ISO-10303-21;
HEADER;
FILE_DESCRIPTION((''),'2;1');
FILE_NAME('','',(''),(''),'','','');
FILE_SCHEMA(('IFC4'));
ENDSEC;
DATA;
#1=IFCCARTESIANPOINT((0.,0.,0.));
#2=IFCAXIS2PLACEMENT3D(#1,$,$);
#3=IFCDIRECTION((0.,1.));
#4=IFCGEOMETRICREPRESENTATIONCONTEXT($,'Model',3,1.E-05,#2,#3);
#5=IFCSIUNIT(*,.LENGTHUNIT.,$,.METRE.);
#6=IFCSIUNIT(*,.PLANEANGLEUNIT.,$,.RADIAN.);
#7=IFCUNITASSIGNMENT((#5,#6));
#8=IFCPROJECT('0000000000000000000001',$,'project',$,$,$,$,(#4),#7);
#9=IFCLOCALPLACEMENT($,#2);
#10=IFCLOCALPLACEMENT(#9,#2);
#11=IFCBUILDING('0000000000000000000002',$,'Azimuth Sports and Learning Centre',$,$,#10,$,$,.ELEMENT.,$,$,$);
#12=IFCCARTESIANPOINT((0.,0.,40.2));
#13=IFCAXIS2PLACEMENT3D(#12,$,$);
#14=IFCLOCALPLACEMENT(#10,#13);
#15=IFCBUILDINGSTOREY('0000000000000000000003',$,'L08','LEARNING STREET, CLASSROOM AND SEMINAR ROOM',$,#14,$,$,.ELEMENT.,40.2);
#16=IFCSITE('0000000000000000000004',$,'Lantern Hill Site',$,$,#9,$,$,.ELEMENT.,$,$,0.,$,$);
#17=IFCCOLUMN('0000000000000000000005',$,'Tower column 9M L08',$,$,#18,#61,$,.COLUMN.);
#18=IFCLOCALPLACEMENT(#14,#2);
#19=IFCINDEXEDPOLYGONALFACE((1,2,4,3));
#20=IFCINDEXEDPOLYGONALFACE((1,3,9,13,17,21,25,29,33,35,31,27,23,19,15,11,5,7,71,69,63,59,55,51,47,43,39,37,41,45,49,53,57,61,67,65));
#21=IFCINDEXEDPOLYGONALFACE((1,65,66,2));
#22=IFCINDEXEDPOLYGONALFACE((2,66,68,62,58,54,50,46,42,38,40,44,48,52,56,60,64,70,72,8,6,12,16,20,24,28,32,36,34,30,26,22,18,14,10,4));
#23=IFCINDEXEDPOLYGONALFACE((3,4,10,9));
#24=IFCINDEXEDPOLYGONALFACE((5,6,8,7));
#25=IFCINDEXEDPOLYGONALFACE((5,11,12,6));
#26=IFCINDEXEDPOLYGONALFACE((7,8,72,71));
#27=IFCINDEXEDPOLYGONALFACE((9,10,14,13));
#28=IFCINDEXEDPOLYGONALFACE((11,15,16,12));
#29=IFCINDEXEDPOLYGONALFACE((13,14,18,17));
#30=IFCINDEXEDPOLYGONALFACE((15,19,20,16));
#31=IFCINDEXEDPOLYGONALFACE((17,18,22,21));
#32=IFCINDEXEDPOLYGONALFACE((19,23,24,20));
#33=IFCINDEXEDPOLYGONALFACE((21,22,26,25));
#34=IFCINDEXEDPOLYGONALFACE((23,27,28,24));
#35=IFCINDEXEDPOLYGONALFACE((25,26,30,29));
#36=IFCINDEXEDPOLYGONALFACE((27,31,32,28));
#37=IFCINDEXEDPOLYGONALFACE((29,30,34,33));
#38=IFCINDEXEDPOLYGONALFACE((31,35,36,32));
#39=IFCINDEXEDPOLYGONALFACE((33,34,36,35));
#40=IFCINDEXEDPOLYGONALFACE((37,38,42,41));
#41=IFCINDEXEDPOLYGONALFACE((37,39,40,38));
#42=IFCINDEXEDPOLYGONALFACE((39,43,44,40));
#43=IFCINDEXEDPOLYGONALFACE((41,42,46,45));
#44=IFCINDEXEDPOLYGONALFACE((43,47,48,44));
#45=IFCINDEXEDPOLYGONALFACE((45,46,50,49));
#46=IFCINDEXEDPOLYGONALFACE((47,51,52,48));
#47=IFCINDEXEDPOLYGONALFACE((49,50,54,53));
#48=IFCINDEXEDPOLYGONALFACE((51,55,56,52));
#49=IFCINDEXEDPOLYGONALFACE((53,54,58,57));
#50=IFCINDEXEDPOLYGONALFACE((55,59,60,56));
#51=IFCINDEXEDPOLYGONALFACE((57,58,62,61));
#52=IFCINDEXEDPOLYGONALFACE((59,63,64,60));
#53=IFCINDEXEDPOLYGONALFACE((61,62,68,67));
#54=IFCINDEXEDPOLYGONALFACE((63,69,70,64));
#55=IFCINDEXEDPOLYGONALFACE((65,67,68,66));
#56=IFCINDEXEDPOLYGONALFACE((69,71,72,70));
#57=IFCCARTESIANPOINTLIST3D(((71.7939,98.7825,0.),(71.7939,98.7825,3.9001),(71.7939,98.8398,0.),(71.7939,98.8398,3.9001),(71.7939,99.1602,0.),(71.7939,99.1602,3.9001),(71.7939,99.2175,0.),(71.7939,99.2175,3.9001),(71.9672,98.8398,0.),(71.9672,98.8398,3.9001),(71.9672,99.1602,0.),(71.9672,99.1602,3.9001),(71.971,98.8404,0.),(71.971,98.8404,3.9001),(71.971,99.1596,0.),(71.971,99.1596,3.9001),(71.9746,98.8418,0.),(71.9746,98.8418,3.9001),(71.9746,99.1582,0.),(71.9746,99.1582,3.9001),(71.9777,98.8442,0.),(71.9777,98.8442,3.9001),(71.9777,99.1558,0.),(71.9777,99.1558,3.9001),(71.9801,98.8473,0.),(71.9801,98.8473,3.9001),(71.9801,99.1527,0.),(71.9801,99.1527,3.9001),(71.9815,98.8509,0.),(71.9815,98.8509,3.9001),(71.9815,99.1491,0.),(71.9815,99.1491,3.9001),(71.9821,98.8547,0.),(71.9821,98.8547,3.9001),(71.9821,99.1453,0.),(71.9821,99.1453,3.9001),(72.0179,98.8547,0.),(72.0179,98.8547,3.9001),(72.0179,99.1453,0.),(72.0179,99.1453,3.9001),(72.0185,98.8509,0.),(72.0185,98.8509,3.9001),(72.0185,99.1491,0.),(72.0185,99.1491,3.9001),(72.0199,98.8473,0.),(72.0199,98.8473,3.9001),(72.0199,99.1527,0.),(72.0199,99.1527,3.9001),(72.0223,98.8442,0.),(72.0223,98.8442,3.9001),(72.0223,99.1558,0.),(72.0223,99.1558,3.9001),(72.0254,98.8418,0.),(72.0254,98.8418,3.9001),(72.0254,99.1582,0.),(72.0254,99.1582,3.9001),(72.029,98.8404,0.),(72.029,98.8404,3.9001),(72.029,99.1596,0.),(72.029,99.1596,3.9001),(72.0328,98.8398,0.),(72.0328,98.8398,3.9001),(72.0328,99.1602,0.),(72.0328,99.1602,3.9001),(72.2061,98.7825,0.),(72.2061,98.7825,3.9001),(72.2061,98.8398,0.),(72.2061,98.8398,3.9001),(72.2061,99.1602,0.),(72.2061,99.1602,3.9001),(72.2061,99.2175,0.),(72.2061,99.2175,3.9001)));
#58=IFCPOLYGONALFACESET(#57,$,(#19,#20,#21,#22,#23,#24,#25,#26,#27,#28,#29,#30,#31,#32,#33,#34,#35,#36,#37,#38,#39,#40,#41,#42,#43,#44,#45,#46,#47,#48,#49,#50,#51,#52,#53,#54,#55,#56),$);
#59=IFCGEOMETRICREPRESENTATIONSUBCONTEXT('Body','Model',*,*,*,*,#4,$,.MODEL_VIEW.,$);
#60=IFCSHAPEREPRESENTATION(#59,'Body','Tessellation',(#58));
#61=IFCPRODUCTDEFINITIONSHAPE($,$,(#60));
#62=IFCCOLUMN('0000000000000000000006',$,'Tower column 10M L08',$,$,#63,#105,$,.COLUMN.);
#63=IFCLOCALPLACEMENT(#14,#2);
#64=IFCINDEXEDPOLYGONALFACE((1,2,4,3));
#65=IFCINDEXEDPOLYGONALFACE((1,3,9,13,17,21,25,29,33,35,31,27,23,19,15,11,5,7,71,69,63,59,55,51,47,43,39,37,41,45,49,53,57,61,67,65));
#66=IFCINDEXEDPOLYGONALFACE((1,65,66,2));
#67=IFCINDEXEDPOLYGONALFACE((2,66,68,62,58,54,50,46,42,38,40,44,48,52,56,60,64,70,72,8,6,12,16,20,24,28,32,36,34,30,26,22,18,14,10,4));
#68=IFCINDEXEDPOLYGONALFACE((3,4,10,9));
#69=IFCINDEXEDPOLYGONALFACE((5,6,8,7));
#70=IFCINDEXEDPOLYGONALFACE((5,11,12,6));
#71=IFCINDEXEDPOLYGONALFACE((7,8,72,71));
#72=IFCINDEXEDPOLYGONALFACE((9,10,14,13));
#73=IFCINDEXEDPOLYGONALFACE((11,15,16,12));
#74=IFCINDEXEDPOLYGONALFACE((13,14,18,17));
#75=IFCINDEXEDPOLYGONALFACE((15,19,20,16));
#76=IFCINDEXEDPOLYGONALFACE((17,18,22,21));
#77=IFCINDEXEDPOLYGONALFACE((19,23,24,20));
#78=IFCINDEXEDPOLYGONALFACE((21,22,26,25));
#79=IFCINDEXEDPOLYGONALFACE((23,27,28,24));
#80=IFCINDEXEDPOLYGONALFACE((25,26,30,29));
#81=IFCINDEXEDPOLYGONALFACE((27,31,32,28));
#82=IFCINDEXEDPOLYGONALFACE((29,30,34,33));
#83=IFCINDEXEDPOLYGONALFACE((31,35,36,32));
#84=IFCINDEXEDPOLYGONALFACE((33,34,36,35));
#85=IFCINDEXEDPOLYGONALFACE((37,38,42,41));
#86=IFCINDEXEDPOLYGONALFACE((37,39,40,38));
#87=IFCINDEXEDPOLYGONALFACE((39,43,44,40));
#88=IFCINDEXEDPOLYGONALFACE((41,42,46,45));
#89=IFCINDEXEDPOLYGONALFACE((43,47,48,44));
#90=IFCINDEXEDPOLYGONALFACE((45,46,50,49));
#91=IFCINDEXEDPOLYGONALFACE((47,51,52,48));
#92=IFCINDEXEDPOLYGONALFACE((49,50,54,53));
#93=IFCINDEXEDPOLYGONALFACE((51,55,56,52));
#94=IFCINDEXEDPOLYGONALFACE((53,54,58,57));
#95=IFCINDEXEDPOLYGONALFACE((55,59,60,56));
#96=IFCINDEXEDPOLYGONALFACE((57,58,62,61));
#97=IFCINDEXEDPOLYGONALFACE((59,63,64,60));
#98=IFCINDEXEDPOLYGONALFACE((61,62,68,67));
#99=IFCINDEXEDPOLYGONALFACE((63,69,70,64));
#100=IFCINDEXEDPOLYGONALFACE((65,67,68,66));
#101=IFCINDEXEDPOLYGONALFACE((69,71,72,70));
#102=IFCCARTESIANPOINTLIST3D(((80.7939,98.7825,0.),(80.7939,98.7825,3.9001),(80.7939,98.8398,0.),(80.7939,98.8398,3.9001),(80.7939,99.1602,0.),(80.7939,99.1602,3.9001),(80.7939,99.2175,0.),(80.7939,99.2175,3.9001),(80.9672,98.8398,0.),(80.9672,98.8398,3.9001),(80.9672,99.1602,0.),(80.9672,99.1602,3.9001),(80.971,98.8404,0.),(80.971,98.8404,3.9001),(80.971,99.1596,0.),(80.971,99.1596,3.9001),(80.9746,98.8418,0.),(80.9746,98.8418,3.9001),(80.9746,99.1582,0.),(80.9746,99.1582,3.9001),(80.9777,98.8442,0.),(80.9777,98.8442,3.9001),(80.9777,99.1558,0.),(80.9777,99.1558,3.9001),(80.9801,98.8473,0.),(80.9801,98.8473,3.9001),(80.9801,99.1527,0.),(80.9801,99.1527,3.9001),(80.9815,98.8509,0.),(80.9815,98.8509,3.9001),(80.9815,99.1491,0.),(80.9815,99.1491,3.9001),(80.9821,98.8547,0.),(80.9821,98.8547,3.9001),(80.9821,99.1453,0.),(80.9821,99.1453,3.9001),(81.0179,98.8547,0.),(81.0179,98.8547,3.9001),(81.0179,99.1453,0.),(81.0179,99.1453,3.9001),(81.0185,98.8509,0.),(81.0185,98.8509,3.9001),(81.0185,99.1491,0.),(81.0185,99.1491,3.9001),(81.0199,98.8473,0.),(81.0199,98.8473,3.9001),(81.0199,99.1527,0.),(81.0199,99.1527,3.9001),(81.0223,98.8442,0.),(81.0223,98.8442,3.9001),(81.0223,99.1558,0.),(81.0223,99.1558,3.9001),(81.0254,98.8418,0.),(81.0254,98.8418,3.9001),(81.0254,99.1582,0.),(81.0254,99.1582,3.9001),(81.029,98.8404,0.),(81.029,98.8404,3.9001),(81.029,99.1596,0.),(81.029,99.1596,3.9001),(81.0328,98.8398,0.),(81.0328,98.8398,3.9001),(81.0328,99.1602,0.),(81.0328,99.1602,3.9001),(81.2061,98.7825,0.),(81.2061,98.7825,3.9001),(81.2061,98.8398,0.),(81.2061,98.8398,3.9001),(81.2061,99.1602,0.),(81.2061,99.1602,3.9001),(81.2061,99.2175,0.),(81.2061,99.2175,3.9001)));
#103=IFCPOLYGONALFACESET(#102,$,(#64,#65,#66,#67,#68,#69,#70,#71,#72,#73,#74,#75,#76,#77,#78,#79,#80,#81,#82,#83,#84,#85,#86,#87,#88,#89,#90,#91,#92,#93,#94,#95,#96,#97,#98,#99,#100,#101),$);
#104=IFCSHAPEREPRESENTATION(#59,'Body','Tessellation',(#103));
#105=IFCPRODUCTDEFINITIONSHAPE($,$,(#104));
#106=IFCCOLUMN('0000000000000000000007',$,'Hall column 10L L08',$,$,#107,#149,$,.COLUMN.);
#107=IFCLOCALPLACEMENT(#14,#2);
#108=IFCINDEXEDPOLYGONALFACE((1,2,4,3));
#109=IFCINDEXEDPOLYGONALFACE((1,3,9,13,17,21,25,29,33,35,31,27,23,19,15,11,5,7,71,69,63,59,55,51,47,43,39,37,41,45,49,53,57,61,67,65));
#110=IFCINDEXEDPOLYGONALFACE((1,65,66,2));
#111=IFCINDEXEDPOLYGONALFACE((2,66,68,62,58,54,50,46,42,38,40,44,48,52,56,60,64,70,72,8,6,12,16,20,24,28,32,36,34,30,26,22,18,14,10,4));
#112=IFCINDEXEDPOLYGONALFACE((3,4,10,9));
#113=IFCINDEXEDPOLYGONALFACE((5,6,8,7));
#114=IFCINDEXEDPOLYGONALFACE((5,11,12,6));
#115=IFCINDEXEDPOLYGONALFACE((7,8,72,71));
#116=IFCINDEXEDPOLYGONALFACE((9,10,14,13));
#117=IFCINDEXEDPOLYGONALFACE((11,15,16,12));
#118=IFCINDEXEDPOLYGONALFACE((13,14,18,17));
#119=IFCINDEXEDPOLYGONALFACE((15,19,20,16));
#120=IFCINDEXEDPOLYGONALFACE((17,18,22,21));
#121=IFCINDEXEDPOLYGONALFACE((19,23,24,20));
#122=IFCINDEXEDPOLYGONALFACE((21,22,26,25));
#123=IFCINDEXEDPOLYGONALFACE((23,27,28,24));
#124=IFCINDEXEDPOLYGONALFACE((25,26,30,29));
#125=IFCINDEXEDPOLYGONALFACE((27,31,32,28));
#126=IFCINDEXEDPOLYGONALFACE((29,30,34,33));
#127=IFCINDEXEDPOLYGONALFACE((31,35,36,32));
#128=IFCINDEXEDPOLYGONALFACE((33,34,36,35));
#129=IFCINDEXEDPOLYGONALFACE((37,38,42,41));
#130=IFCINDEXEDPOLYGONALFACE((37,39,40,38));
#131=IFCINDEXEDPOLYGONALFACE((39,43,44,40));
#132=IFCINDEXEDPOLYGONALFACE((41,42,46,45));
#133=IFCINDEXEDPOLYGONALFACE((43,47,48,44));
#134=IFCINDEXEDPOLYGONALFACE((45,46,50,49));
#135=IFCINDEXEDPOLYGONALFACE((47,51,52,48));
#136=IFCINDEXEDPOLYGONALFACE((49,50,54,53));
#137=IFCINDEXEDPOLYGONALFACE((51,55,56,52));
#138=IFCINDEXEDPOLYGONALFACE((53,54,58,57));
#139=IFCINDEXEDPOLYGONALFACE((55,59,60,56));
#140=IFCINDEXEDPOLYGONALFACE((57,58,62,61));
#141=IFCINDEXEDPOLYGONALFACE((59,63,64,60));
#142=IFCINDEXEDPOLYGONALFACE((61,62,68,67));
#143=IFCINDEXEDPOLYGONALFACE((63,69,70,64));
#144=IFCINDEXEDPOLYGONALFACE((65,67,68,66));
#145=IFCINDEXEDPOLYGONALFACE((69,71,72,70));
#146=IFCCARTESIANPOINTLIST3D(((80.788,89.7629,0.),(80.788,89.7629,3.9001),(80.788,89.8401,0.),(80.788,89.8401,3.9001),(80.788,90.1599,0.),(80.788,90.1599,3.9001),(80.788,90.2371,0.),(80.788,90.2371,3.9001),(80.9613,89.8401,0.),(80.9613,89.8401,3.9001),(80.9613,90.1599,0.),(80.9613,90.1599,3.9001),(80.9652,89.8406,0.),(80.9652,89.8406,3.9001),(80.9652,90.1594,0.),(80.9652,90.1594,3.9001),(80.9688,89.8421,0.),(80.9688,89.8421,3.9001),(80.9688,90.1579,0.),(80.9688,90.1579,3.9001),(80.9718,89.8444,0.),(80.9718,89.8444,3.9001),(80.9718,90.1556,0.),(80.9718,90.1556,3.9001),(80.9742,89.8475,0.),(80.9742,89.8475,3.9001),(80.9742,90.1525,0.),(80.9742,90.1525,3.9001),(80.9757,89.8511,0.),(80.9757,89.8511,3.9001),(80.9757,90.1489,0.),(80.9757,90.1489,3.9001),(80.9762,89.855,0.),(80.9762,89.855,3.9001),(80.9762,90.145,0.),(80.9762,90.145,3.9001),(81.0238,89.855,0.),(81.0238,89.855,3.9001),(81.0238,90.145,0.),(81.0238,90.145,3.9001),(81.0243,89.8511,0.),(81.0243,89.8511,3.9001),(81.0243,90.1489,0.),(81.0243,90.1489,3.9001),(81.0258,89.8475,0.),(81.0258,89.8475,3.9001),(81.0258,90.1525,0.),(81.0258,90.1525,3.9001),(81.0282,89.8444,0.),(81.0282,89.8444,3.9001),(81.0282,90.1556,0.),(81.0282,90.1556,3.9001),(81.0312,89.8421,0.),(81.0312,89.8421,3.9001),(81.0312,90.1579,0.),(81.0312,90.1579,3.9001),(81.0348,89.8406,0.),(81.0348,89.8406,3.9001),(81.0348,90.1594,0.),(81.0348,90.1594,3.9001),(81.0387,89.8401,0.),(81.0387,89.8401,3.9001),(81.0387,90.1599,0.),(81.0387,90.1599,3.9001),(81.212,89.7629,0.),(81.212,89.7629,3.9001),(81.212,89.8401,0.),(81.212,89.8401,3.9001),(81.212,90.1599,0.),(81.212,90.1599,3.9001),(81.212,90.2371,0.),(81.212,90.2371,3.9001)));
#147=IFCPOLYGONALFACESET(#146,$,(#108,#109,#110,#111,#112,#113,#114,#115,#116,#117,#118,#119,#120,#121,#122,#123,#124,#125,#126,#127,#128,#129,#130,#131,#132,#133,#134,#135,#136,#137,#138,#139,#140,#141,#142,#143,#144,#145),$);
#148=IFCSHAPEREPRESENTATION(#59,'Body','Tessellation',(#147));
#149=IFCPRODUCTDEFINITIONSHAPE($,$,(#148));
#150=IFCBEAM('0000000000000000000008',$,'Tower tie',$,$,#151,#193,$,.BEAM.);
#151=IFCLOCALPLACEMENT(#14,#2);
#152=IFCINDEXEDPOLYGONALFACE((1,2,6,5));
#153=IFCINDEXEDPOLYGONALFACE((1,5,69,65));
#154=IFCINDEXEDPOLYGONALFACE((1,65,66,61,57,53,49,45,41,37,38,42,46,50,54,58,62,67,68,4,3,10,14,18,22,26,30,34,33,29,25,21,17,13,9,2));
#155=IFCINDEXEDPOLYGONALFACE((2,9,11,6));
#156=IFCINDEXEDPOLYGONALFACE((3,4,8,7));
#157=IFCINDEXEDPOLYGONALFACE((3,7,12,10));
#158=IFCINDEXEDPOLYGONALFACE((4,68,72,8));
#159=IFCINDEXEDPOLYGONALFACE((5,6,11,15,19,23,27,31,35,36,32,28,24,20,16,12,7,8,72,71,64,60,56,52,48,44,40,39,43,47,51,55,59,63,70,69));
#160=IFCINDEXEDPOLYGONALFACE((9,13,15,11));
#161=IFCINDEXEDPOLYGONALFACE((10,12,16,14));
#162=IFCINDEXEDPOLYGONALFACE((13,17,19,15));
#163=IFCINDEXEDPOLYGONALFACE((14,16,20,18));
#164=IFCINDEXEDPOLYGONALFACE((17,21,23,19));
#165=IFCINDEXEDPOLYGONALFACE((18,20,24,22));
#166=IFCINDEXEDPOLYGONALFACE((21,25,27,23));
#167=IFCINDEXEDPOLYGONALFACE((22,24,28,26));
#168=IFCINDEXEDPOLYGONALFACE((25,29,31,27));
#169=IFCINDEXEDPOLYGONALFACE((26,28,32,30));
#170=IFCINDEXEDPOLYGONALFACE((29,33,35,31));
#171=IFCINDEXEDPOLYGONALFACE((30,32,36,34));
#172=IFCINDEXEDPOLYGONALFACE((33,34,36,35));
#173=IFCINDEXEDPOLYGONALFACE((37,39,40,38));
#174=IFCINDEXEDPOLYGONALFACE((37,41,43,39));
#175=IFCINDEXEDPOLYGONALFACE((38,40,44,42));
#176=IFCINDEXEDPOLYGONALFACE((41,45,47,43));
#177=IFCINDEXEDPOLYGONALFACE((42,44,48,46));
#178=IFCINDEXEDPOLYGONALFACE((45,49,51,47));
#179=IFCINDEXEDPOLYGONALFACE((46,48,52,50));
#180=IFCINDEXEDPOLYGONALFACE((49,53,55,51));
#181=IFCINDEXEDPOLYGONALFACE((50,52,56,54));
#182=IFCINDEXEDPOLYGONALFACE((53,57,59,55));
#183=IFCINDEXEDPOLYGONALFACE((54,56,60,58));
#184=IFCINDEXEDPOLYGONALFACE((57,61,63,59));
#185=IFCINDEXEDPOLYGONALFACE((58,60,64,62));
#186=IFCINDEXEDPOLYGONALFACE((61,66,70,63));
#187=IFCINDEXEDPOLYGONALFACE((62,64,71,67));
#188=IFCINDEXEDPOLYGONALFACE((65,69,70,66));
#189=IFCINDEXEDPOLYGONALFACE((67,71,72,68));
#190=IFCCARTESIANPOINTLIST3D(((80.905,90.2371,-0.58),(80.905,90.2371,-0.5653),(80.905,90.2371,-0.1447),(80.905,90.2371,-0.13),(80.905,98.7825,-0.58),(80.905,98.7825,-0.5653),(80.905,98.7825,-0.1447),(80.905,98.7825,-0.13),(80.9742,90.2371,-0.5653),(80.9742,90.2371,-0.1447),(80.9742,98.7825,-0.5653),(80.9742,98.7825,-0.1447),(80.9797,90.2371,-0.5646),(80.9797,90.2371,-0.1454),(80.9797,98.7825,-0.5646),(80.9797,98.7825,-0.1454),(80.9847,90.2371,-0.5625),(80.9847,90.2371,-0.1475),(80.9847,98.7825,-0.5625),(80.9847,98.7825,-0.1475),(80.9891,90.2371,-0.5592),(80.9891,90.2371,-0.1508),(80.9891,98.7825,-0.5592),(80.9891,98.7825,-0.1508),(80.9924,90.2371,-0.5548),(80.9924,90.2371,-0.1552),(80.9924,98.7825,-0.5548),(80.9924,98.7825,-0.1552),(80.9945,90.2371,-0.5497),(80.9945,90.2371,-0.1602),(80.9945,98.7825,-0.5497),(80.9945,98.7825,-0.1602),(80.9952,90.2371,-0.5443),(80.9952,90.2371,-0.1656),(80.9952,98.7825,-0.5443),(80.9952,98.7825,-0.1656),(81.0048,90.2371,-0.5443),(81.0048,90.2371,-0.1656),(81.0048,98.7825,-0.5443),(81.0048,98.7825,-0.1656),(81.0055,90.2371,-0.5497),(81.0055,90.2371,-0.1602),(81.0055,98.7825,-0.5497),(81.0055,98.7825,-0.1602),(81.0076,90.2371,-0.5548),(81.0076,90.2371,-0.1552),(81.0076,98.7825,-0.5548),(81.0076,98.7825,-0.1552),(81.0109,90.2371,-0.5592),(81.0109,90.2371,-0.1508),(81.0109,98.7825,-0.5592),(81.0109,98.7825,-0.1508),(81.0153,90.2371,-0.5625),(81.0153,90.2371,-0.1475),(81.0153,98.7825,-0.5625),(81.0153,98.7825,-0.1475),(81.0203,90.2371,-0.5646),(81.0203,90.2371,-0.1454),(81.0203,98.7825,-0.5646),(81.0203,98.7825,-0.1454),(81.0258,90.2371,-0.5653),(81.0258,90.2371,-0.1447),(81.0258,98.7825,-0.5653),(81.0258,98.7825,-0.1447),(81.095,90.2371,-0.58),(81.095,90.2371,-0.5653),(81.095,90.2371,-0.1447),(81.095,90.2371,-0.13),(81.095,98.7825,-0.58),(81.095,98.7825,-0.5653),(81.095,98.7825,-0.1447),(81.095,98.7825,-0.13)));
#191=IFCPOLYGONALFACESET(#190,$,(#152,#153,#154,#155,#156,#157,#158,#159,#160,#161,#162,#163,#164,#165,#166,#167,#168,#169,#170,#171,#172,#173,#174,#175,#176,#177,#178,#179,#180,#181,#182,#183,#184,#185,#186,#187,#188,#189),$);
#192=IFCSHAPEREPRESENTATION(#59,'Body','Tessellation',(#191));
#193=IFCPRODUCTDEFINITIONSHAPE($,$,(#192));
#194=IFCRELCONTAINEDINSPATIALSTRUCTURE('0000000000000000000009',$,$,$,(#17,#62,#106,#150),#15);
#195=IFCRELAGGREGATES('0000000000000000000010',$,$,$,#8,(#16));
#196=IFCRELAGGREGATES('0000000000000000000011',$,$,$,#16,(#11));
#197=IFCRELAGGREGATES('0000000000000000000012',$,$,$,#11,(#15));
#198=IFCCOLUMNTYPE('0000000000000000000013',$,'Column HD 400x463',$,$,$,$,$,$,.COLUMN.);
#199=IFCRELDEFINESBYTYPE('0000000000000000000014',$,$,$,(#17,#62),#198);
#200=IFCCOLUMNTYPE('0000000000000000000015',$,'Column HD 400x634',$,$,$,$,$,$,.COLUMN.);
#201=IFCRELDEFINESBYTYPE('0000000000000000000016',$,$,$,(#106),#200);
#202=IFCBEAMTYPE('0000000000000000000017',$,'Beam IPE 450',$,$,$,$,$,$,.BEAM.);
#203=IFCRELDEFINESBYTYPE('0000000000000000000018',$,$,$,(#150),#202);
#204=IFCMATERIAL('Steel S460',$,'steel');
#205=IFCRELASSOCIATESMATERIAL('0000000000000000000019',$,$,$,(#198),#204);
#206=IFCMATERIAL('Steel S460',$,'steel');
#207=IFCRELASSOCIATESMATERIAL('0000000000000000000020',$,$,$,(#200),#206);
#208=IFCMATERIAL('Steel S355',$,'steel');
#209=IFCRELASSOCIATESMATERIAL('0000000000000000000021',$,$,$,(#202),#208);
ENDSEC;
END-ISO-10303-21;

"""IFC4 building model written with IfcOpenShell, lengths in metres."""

from ifc_helpers import new_model, si_unit, direction, frame, origin, origin_2d, place, context, subcontext, project, spatial, i_section, extrude, material, material_profile, profile_set, type_object, element, save


model = new_model("IFC4")

# Units and contexts
model_context = context("Model", 3, precision=1e-05, world=origin(), true_north=direction((0.0, 1.0)))
body_context = subcontext(model_context, "Body", "Model", "MODEL_VIEW")
ifc_project = project(units=[si_unit("LENGTHUNIT", "METRE"), si_unit("PLANEANGLEUNIT", "RADIAN")], contexts=[model_context])

# Site, building, storey
site_placement = place(None, origin())
site = spatial("IfcSite", under=ifc_project, at=site_placement, Name="Lantern Hill Site", CompositionType="ELEMENT", RefElevation=0.0)
building_placement = place(site_placement, origin())
building = spatial("IfcBuilding", under=site, at=building_placement, Name="Azimuth Sports and Learning Centre", CompositionType="ELEMENT")
storey_placement = place(building_placement, frame((0.0, 0.0, 40.2)))
storey = spatial("IfcBuildingStorey", under=building, at=storey_placement, Name="L08", Description="LEARNING STREET, CLASSROOM AND SEMINAR ROOM", CompositionType="ELEMENT", Elevation=40.2)

# Columns
ifc_material_1 = material(Name="Steel S460", Category="steel")
ifc_material_profile_1 = material_profile(ifc_material_1, i_section(OverallWidth=0.4121, OverallDepth=0.4351, WebThickness=0.0359, FlangeThickness=0.0574, FilletRadius=0.0149, at=origin_2d()), Name="HD 400x463")
ifc_profile_set_1 = profile_set([ifc_material_profile_1], Name="Steel S460")
column_type_1 = type_object("IfcColumnType", Name="Column HD 400x463", PredefinedType="COLUMN", material=ifc_profile_set_1)
for number, where, z_axis, x_axis, name in (
    (1, (72.0, 99.0, 0.0), (0.0, 0.0, 1.0), (1.0, 0.0, 0.0), "Tower column 9M L08"),
    (2, (81.0, 99.0, 0.0), (0.0, 0.0, 1.0), (1.0, 0.0, 0.0), "Tower column 10M L08"),
):
    element("IfcColumn", number, at=place(storey_placement, frame(where, z_axis=z_axis, x_axis=x_axis)), inside=storey, type_object=column_type_1, Name=name, PredefinedType="COLUMN", context=body_context, shape_type="SweptSolid", body=[
        extrude(i_section(OverallWidth=0.4121, OverallDepth=0.4351, WebThickness=0.0359, FlangeThickness=0.0574, FilletRadius=0.0149, at=origin_2d()), origin(), (0.0, 0.0, 1.0), 3.9001),
    ])
ifc_material_2 = material(Name="Steel S460", Category="steel")
ifc_material_profile_2 = material_profile(ifc_material_2, i_section(OverallWidth=0.4241, OverallDepth=0.4741, WebThickness=0.0476, FlangeThickness=0.0771, FilletRadius=0.0149, at=origin_2d()), Name="HD 400x634")
ifc_profile_set_2 = profile_set([ifc_material_profile_2], Name="Steel S460")
column_type_2 = type_object("IfcColumnType", Name="Column HD 400x634", PredefinedType="COLUMN", material=ifc_profile_set_2)
column_placement = place(storey_placement, frame((81.0, 90.0, 0.0), z_axis=(0.0, 0.0, 1.0), x_axis=(1.0, 0.0, 0.0)))
element("IfcColumn", 3, at=column_placement, inside=storey, type_object=column_type_2, Name="Hall column 10L L08", PredefinedType="COLUMN", context=body_context, shape_type="SweptSolid", body=[
    extrude(i_section(OverallWidth=0.4241, OverallDepth=0.4741, WebThickness=0.0476, FlangeThickness=0.0771, FilletRadius=0.0149, at=origin_2d()), origin(), (0.0, 0.0, 1.0), 3.9001),
])

# Beam
ifc_material_3 = material(Name="Steel S355", Category="steel")
ifc_material_profile_3 = material_profile(ifc_material_3, i_section(OverallWidth=0.1899, OverallDepth=0.45, WebThickness=0.0095, FlangeThickness=0.0146, FilletRadius=0.021, at=origin_2d()), Name="IPE 450")
ifc_profile_set_3 = profile_set([ifc_material_profile_3], Name="Steel S355")
beam_type_1 = type_object("IfcBeamType", Name="Beam IPE 450", PredefinedType="BEAM", material=ifc_profile_set_3)
beam_1_placement = place(storey_placement, frame((81.0, 90.2371, -0.355), z_axis=(0.0, 1.0, 0.0), x_axis=(-1.0, 0.0, 0.0)))
element("IfcBeam", 4, at=beam_1_placement, inside=storey, type_object=beam_type_1, Name="Tower tie", PredefinedType="BEAM", context=body_context, shape_type="SweptSolid", body=[
    extrude(i_section(OverallWidth=0.1899, OverallDepth=0.45, WebThickness=0.0095, FlangeThickness=0.0146, FilletRadius=0.021, at=origin_2d()), origin(), (0.0, 0.0, 1.0), 8.5454),
])

save(model, "model.ifc")
